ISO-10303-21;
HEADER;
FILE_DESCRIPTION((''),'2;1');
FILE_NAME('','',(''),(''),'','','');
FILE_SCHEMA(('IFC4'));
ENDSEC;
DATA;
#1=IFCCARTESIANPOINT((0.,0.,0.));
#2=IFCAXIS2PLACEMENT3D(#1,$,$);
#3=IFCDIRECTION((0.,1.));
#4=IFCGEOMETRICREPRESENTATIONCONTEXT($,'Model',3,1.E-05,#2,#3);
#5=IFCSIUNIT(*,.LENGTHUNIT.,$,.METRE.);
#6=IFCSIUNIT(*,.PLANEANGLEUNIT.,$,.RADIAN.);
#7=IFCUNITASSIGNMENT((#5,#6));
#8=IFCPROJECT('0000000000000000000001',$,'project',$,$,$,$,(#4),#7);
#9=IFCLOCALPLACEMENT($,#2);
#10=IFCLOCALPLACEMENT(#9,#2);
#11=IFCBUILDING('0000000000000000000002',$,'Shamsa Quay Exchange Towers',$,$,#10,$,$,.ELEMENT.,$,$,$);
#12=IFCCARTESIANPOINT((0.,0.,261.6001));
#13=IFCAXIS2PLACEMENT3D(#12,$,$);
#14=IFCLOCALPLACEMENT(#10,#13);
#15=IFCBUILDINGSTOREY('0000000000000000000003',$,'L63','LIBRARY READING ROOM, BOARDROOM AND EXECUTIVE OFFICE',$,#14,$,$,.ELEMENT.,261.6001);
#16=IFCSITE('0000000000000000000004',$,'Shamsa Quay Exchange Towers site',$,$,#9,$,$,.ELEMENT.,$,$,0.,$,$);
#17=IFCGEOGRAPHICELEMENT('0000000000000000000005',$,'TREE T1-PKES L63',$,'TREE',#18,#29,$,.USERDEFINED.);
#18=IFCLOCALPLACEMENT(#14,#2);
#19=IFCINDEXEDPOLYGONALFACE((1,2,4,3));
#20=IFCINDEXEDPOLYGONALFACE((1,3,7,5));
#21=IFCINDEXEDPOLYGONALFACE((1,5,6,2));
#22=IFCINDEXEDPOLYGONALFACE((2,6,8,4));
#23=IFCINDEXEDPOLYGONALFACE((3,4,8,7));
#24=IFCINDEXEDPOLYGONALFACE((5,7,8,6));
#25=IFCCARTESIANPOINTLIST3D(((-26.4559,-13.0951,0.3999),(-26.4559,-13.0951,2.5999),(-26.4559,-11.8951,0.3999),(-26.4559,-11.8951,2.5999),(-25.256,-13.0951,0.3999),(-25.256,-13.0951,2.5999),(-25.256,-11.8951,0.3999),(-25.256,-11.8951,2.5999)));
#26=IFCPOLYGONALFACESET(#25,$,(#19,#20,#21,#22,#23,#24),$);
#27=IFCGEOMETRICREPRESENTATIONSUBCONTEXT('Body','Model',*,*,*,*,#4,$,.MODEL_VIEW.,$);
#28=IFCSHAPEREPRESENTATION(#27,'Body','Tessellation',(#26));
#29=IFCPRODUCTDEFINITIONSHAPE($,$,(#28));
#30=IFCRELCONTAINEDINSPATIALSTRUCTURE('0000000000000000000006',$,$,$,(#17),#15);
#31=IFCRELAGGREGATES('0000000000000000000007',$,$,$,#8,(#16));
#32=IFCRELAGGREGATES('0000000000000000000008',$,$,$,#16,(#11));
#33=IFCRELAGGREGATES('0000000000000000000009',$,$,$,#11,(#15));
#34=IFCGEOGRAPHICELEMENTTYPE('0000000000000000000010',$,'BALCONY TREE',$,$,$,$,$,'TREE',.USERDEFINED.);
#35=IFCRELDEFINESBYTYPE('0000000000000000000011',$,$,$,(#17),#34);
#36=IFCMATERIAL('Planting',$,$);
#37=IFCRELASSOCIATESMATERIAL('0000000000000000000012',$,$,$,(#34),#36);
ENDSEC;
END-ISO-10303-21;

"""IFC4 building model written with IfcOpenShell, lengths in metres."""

from ifc_helpers import new_model, si_unit, direction, frame, origin, origin_2d, place, context, subcontext, project, spatial, rectangle, extrude, material, type_object, element, save


model = new_model("IFC4")

# Units and contexts
model_context = context("Model", 3, precision=1e-05, world=origin(), true_north=direction((0.0, 1.0)))
body_context = subcontext(model_context, "Body", "Model", "MODEL_VIEW")
ifc_project = project(units=[si_unit("LENGTHUNIT", "METRE"), si_unit("PLANEANGLEUNIT", "RADIAN")], contexts=[model_context])

# Site, building, storey
site_placement = place(None, origin())
site = spatial("IfcSite", under=ifc_project, at=site_placement, Name="Shamsa Quay Exchange Towers site", CompositionType="ELEMENT", RefElevation=0.0)
building_placement = place(site_placement, origin())
building = spatial("IfcBuilding", under=site, at=building_placement, Name="Shamsa Quay Exchange Towers", CompositionType="ELEMENT")
storey_placement = place(building_placement, frame((0.0, 0.0, 261.6001)))
storey = spatial("IfcBuildingStorey", under=building, at=storey_placement, Name="L63", Description="LIBRARY READING ROOM, BOARDROOM AND EXECUTIVE OFFICE", CompositionType="ELEMENT", Elevation=261.6001)

# Geographic element
ifc_material_1 = material(Name="Planting")
geographic_element_type = type_object("IfcGeographicElementType", Name="BALCONY TREE", ElementType="TREE", PredefinedType="USERDEFINED", material=ifc_material_1)
geographic_element_placement = place(storey_placement, frame((-25.856, -12.4951, 0.3999)))
element("IfcGeographicElement", 1, at=geographic_element_placement, inside=storey, type_object=geographic_element_type, Name="TREE T1-PKES L63", ObjectType="TREE", PredefinedType="USERDEFINED", context=body_context, shape_type="SweptSolid", body=[
    extrude(rectangle(XDim=1.2, YDim=1.2, at=origin_2d()), origin(), (0.0, 0.0, 1.0), 2.2),
])

save(model, "model.ifc")
